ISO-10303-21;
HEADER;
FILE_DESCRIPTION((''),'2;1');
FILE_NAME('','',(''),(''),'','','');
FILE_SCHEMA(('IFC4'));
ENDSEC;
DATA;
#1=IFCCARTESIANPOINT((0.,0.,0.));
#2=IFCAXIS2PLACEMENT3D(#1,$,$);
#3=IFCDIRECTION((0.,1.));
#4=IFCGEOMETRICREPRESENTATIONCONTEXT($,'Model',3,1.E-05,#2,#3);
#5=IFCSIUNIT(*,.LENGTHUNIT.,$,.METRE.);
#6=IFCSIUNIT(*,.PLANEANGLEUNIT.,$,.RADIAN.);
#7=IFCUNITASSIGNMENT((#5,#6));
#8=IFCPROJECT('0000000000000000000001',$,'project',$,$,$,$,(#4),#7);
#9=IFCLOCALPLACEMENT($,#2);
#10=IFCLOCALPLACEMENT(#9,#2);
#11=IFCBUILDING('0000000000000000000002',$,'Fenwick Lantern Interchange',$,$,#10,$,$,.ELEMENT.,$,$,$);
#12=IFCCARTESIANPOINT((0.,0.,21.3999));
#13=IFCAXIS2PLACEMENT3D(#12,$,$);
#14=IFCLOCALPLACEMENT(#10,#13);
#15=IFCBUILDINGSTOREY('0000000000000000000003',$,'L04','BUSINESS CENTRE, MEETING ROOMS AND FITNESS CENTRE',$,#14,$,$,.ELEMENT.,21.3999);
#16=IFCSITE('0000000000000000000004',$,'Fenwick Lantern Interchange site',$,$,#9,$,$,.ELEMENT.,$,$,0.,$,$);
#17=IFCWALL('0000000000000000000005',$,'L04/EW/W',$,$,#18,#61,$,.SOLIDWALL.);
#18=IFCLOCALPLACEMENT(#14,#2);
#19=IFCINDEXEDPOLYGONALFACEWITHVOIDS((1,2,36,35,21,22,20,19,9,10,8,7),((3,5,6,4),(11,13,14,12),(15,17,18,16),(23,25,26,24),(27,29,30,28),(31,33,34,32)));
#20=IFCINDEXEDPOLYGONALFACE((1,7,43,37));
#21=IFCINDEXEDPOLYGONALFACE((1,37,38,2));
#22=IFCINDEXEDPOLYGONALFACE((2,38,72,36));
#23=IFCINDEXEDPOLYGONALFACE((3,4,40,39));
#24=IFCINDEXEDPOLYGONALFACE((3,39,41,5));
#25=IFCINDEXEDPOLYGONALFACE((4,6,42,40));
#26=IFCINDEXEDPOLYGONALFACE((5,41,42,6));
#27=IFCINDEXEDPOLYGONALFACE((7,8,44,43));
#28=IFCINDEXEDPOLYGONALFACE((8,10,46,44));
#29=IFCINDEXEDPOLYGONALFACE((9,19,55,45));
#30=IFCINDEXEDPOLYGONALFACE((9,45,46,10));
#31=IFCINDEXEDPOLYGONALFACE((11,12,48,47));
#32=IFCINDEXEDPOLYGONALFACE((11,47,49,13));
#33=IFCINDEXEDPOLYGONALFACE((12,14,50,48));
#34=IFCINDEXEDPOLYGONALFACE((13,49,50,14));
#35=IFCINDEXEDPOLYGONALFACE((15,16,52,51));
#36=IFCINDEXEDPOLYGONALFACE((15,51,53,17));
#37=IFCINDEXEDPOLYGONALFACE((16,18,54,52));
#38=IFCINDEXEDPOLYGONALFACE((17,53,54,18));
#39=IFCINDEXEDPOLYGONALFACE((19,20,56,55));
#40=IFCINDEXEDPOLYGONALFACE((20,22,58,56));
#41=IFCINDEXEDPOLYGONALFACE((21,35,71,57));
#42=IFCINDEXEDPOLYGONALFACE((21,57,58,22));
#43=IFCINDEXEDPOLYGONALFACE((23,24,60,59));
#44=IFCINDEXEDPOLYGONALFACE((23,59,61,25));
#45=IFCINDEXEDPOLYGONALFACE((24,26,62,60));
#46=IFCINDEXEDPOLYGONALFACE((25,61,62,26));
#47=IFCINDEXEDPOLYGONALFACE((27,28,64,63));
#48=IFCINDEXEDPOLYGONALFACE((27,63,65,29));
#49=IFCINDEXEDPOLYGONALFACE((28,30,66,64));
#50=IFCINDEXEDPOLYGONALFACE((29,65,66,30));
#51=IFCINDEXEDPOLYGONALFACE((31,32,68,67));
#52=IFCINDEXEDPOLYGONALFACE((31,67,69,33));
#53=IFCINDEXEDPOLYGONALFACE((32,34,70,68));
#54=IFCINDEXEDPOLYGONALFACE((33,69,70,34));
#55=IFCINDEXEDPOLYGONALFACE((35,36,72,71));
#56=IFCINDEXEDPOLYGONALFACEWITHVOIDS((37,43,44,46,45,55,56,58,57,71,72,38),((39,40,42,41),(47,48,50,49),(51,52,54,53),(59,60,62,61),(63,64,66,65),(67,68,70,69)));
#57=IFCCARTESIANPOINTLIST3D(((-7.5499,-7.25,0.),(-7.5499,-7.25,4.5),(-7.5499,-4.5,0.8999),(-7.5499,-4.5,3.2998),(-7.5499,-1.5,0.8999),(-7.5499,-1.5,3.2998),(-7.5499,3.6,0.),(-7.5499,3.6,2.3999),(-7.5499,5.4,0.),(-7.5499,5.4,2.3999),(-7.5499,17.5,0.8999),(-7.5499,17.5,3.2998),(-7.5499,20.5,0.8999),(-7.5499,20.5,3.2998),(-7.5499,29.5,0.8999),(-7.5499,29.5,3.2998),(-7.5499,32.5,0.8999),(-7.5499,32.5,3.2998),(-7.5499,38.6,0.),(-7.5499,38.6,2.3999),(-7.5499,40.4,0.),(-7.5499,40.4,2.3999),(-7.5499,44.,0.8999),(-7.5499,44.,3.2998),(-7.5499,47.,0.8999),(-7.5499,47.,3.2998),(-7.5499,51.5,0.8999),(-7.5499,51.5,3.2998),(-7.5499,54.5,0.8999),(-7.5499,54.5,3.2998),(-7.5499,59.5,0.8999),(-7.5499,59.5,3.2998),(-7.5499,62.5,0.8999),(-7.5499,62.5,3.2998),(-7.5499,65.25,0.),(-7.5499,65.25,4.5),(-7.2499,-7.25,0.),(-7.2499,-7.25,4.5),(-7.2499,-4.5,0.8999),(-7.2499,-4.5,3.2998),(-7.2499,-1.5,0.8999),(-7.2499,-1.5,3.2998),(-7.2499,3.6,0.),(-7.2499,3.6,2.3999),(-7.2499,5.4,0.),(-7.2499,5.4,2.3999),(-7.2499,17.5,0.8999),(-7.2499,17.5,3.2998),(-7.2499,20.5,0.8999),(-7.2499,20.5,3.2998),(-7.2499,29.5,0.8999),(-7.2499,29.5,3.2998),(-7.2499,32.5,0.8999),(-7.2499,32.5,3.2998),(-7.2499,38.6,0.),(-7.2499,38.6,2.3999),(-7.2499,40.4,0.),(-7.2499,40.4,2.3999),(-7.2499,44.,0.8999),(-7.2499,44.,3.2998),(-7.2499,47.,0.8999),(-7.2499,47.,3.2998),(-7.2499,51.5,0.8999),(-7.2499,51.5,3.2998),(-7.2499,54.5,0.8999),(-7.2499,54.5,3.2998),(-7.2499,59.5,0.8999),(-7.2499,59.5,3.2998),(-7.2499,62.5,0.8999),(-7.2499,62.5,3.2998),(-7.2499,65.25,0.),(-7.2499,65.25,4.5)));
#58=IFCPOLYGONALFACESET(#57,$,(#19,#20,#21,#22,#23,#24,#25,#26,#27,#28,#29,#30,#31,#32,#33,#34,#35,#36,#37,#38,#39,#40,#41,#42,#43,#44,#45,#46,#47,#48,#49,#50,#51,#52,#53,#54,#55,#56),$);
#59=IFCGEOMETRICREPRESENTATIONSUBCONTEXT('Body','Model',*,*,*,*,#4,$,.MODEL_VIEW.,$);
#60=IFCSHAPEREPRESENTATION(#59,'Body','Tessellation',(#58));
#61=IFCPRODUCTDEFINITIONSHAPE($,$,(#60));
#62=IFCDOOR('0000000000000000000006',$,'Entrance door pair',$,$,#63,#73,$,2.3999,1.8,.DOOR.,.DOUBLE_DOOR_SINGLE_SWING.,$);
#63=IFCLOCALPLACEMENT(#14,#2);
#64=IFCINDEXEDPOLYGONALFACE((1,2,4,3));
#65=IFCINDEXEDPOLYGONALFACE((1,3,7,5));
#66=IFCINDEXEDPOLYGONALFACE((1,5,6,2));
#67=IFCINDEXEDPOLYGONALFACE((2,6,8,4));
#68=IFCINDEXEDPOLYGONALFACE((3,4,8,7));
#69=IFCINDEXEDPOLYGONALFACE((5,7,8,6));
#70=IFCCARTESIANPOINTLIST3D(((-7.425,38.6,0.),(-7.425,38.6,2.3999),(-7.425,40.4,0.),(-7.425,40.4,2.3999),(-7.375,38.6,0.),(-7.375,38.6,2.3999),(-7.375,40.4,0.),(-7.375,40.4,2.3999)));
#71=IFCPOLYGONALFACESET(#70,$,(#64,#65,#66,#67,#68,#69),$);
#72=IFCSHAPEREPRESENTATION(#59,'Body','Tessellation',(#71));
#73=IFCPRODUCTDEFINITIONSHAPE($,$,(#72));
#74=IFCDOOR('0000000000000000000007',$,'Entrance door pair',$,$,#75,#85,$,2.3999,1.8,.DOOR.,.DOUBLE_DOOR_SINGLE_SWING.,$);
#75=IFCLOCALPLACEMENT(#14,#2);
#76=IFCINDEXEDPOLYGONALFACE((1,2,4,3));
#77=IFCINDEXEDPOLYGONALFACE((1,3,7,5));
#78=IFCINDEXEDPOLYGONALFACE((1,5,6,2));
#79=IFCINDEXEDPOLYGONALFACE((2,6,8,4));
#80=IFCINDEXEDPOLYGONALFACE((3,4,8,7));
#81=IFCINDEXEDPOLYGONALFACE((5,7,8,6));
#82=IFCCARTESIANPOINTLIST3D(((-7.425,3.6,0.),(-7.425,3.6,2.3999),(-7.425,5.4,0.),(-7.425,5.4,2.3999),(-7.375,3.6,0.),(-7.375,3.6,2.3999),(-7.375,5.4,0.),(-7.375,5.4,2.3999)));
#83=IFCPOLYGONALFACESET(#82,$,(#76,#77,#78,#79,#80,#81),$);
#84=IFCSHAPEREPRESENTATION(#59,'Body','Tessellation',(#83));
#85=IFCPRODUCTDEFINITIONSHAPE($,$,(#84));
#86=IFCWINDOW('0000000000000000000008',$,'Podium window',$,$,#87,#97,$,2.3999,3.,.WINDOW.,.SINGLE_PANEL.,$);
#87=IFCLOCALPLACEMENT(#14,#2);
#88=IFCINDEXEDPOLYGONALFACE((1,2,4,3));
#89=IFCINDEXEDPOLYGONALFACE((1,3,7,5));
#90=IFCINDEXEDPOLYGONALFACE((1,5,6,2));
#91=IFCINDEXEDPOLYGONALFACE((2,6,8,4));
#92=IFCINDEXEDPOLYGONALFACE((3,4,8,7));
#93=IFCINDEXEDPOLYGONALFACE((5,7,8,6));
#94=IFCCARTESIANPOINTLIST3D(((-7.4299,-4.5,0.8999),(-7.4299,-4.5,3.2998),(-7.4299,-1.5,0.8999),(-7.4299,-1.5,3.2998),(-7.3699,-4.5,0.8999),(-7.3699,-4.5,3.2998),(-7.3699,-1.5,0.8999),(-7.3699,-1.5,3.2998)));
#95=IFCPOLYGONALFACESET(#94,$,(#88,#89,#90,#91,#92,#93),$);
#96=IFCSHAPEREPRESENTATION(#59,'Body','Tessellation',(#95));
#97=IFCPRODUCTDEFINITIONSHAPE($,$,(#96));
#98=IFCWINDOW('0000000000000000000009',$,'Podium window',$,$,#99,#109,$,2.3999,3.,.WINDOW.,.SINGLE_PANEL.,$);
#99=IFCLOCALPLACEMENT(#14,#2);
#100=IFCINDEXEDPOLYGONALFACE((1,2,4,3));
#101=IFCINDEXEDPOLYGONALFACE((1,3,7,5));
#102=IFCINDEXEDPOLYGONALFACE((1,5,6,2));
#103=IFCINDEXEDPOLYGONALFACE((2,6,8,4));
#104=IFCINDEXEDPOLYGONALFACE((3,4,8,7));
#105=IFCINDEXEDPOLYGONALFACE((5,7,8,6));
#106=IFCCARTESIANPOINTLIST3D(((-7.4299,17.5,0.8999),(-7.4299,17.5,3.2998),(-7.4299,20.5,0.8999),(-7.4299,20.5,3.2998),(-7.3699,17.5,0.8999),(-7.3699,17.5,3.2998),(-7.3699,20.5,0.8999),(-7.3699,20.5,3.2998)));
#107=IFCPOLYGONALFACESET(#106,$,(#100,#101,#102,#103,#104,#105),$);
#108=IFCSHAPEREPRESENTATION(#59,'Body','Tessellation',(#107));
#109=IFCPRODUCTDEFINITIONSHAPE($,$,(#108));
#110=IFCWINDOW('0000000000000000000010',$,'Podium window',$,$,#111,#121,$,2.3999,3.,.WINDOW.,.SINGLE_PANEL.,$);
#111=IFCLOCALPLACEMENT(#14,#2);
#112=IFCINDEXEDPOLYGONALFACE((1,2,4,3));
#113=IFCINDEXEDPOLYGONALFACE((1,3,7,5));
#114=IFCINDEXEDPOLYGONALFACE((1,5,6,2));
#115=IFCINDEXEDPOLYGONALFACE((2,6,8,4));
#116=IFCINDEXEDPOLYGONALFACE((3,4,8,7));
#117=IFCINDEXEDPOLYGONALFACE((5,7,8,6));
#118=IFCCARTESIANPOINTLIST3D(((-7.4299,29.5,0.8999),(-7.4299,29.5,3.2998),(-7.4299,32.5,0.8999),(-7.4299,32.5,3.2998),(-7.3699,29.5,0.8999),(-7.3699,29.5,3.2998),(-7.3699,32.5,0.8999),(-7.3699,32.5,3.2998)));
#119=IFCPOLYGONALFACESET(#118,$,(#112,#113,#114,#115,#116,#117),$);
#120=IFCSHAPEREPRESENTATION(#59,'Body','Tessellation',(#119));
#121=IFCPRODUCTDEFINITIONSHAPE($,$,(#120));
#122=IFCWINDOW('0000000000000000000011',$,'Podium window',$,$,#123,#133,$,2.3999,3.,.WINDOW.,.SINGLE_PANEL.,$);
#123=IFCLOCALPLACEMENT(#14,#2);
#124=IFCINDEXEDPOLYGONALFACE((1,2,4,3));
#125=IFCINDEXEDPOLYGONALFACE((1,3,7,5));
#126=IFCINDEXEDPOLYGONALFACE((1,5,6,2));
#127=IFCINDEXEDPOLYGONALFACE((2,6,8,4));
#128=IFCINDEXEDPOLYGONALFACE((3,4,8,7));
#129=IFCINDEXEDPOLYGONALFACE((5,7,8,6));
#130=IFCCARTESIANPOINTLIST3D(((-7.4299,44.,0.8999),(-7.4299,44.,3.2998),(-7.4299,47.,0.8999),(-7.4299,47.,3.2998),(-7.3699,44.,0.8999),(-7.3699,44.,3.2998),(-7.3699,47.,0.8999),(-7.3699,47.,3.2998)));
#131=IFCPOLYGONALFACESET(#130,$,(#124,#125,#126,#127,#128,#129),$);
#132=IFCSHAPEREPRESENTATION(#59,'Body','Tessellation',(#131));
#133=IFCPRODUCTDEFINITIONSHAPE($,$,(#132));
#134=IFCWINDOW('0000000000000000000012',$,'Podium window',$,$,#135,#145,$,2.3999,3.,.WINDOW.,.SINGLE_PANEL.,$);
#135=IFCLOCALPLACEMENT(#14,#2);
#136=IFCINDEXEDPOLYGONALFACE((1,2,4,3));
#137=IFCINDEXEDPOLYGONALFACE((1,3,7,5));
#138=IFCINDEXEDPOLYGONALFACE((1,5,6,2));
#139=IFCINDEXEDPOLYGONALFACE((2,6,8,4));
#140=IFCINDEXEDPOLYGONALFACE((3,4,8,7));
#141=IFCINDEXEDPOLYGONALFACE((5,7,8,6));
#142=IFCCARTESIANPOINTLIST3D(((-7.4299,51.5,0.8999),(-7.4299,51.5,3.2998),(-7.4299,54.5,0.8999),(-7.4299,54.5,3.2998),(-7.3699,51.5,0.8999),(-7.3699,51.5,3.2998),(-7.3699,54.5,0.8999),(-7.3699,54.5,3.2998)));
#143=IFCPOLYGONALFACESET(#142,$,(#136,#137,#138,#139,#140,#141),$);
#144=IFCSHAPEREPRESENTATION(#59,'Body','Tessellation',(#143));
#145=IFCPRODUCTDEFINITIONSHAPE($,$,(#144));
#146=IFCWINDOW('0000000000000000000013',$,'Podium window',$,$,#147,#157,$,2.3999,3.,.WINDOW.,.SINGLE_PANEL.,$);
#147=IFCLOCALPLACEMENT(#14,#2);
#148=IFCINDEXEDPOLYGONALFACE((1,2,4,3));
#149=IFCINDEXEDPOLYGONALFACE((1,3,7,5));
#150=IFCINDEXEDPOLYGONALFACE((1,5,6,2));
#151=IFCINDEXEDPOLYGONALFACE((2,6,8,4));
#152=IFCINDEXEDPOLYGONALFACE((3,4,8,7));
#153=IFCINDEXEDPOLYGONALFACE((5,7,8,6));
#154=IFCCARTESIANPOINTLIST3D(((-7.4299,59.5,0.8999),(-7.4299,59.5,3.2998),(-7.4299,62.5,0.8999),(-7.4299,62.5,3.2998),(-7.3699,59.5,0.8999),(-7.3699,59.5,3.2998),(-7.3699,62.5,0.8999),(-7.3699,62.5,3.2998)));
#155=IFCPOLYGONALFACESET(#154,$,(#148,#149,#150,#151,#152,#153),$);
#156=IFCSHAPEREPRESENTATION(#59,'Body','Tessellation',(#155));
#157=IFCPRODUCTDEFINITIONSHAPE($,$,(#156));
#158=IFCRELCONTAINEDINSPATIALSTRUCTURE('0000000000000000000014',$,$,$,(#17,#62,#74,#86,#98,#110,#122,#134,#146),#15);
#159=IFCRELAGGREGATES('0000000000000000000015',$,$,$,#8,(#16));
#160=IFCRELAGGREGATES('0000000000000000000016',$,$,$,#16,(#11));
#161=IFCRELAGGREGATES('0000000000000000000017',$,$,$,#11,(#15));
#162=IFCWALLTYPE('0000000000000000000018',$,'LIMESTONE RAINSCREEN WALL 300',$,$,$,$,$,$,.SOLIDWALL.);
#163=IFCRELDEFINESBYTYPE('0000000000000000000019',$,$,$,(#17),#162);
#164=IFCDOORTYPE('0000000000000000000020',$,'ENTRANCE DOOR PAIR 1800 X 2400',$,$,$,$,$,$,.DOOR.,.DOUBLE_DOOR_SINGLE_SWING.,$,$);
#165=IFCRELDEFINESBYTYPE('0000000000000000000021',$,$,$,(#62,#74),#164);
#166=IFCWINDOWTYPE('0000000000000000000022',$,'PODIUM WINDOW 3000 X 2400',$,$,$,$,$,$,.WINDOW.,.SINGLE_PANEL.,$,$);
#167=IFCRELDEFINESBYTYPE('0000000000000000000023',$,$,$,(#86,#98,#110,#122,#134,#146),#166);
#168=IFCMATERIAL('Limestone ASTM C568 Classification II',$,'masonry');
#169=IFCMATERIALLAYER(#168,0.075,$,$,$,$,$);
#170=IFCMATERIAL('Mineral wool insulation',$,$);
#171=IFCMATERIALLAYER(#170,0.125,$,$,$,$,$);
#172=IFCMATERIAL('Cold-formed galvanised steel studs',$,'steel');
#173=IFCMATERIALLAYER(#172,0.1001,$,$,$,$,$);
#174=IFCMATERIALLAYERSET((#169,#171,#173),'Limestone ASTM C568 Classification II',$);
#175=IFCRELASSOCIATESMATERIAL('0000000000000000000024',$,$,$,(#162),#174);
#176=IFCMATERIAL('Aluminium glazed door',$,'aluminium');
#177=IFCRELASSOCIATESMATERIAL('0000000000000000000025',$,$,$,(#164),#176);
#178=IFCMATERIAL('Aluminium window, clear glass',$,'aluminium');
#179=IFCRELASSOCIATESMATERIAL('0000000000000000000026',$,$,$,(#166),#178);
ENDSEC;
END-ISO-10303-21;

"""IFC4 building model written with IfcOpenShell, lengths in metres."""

from ifc_helpers import new_model, si_unit, direction, frame, frame_2d, origin, place, context, subcontext, project, spatial, rectangle, extrude, material, layer, layer_set, type_object, element, fill, save


model = new_model("IFC4")

# Units and contexts
model_context = context("Model", 3, precision=1e-05, world=origin(), true_north=direction((0.0, 1.0)))
body_context = subcontext(model_context, "Body", "Model", "MODEL_VIEW")
ifc_project = project(units=[si_unit("LENGTHUNIT", "METRE"), si_unit("PLANEANGLEUNIT", "RADIAN")], contexts=[model_context])

# Site, building, storey
site_placement = place(None, origin())
site = spatial("IfcSite", under=ifc_project, at=site_placement, Name="Fenwick Lantern Interchange site", CompositionType="ELEMENT", RefElevation=0.0)
building_placement = place(site_placement, origin())
building = spatial("IfcBuilding", under=site, at=building_placement, Name="Fenwick Lantern Interchange", CompositionType="ELEMENT")
storey_placement = place(building_placement, frame((0.0, 0.0, 21.3999)))
storey = spatial("IfcBuildingStorey", under=building, at=storey_placement, Name="L04", Description="BUSINESS CENTRE, MEETING ROOMS AND FITNESS CENTRE", CompositionType="ELEMENT", Elevation=21.3999)

# Wall, openings, doors, windows
ifc_material_1 = material(Name="Limestone ASTM C568 Classification II", Category="masonry")
ifc_layer_1 = layer(ifc_material_1, 0.075)
ifc_material_2 = material(Name="Mineral wool insulation")
ifc_layer_2 = layer(ifc_material_2, 0.125)
ifc_material_3 = material(Name="Cold-formed galvanised steel studs", Category="steel")
ifc_layer_3 = layer(ifc_material_3, 0.1001)
ifc_layer_set_1 = layer_set([ifc_layer_1, ifc_layer_2, ifc_layer_3], Name="Limestone ASTM C568 Classification II")
wall_type_1 = type_object("IfcWallType", Name="LIMESTONE RAINSCREEN WALL 300", PredefinedType="SOLIDWALL", material=ifc_layer_set_1)
wall_1_placement = place(storey_placement, frame((-7.3999, 65.25, 0.0), z_axis=(0.0, 0.0, 1.0), x_axis=(0.0, -1.0, 0.0)))
wall_1 = element("IfcWall", 1, at=wall_1_placement, inside=storey, type_object=wall_type_1, Name="L04/EW/W", PredefinedType="SOLIDWALL", context=body_context, shape_type="SweptSolid", body=[
    extrude(rectangle(XDim=72.5, YDim=0.3, at=frame_2d((36.25, 0.0))), origin(), (0.0, 0.0, 1.0), 4.5),
])
opening_1_placement = place(wall_1_placement, frame((24.8501, 0.0, 0.0)))
opening_1 = element("IfcOpeningElement", 2, at=opening_1_placement, cuts=wall_1, PredefinedType="OPENING", context=body_context, shape_type="SweptSolid", body=[
    extrude(rectangle(XDim=1.8, YDim=2.3999, at=frame_2d((0.8999, 1.2))), frame((0.0, 0.1599, 0.0), z_axis=(0.0, -1.0, 0.0), x_axis=(1.0, 0.0, 0.0)), (0.0, 0.0, 1.0), 0.3201),
])
opening_2_placement = place(wall_1_placement, frame((59.8501, 0.0, 0.0)))
opening_2 = element("IfcOpeningElement", 3, at=opening_2_placement, cuts=wall_1, PredefinedType="OPENING", context=body_context, shape_type="SweptSolid", body=[
    extrude(rectangle(XDim=1.8, YDim=2.3999, at=frame_2d((0.8999, 1.2))), frame((0.0, 0.1599, 0.0), z_axis=(0.0, -1.0, 0.0), x_axis=(1.0, 0.0, 0.0)), (0.0, 0.0, 1.0), 0.3201),
])
opening_3_placement = place(wall_1_placement, frame((66.75, 0.0, 0.8999)))
opening_3 = element("IfcOpeningElement", 4, at=opening_3_placement, cuts=wall_1, PredefinedType="OPENING", context=body_context, shape_type="SweptSolid", body=[
    extrude(rectangle(XDim=3.0, YDim=2.3999, at=frame_2d((1.5, 1.2))), frame((0.0, 0.1599, 0.0), z_axis=(0.0, -1.0, 0.0), x_axis=(1.0, 0.0, 0.0)), (0.0, 0.0, 1.0), 0.3201),
])
opening_4_placement = place(wall_1_placement, frame((44.75, 0.0, 0.8999)))
opening_4 = element("IfcOpeningElement", 5, at=opening_4_placement, cuts=wall_1, PredefinedType="OPENING", context=body_context, shape_type="SweptSolid", body=[
    extrude(rectangle(XDim=3.0, YDim=2.3999, at=frame_2d((1.5, 1.2))), frame((0.0, 0.1599, 0.0), z_axis=(0.0, -1.0, 0.0), x_axis=(1.0, 0.0, 0.0)), (0.0, 0.0, 1.0), 0.3201),
])
opening_5_placement = place(wall_1_placement, frame((32.75, 0.0, 0.8999)))
opening_5 = element("IfcOpeningElement", 6, at=opening_5_placement, cuts=wall_1, PredefinedType="OPENING", context=body_context, shape_type="SweptSolid", body=[
    extrude(rectangle(XDim=3.0, YDim=2.3999, at=frame_2d((1.5, 1.2))), frame((0.0, 0.1599, 0.0), z_axis=(0.0, -1.0, 0.0), x_axis=(1.0, 0.0, 0.0)), (0.0, 0.0, 1.0), 0.3201),
])
opening_6_placement = place(wall_1_placement, frame((18.25, 0.0, 0.8999)))
opening_6 = element("IfcOpeningElement", 7, at=opening_6_placement, cuts=wall_1, PredefinedType="OPENING", context=body_context, shape_type="SweptSolid", body=[
    extrude(rectangle(XDim=3.0, YDim=2.3999, at=frame_2d((1.5, 1.2))), frame((0.0, 0.1599, 0.0), z_axis=(0.0, -1.0, 0.0), x_axis=(1.0, 0.0, 0.0)), (0.0, 0.0, 1.0), 0.3201),
])
opening_7_placement = place(wall_1_placement, frame((10.75, 0.0, 0.8999)))
opening_7 = element("IfcOpeningElement", 8, at=opening_7_placement, cuts=wall_1, PredefinedType="OPENING", context=body_context, shape_type="SweptSolid", body=[
    extrude(rectangle(XDim=3.0, YDim=2.3999, at=frame_2d((1.5, 1.2))), frame((0.0, 0.1599, 0.0), z_axis=(0.0, -1.0, 0.0), x_axis=(1.0, 0.0, 0.0)), (0.0, 0.0, 1.0), 0.3201),
])
opening_8_placement = place(wall_1_placement, frame((2.75, 0.0, 0.8999)))
opening_8 = element("IfcOpeningElement", 9, at=opening_8_placement, cuts=wall_1, PredefinedType="OPENING", context=body_context, shape_type="SweptSolid", body=[
    extrude(rectangle(XDim=3.0, YDim=2.3999, at=frame_2d((1.5, 1.2))), frame((0.0, 0.1599, 0.0), z_axis=(0.0, -1.0, 0.0), x_axis=(1.0, 0.0, 0.0)), (0.0, 0.0, 1.0), 0.3201),
])
ifc_material_4 = material(Name="Aluminium glazed door", Category="aluminium")
door_type = type_object("IfcDoorType", Name="ENTRANCE DOOR PAIR 1800 X 2400", OperationType="DOUBLE_DOOR_SINGLE_SWING", PredefinedType="DOOR", material=ifc_material_4)
door_1_placement = place(opening_1_placement, origin())
door_1 = element("IfcDoor", 10, at=door_1_placement, inside=storey, type_object=door_type, Name="Entrance door pair", OperationType="DOUBLE_DOOR_SINGLE_SWING", OverallHeight=2.3999, OverallWidth=1.8, PredefinedType="DOOR", context=body_context, shape_type="SweptSolid", body=[
    extrude(rectangle(XDim=1.8, YDim=2.3999, at=frame_2d((0.8999, 1.2))), frame((0.0, 0.0249, 0.0), z_axis=(0.0, -1.0, 0.0), x_axis=(1.0, 0.0, 0.0)), (0.0, 0.0, 1.0), 0.05),
])
fill(opening_1, door_1)
door_2_placement = place(opening_2_placement, origin())
door_2 = element("IfcDoor", 11, at=door_2_placement, inside=storey, type_object=door_type, Name="Entrance door pair", OperationType="DOUBLE_DOOR_SINGLE_SWING", OverallHeight=2.3999, OverallWidth=1.8, PredefinedType="DOOR", context=body_context, shape_type="SweptSolid", body=[
    extrude(rectangle(XDim=1.8, YDim=2.3999, at=frame_2d((0.8999, 1.2))), frame((0.0, 0.0249, 0.0), z_axis=(0.0, -1.0, 0.0), x_axis=(1.0, 0.0, 0.0)), (0.0, 0.0, 1.0), 0.05),
])
fill(opening_2, door_2)
ifc_material_5 = material(Name="Aluminium window, clear glass", Category="aluminium")
window_type = type_object("IfcWindowType", Name="PODIUM WINDOW 3000 X 2400", PartitioningType="SINGLE_PANEL", PredefinedType="WINDOW", material=ifc_material_5)
window_1_placement = place(opening_3_placement, origin())
window_1 = element("IfcWindow", 12, at=window_1_placement, inside=storey, type_object=window_type, Name="Podium window", OverallHeight=2.3999, OverallWidth=3.0, PartitioningType="SINGLE_PANEL", PredefinedType="WINDOW", context=body_context, shape_type="SweptSolid", body=[
    extrude(rectangle(XDim=3.0, YDim=2.3999, at=frame_2d((1.5, 1.2))), frame((0.0, 0.03, 0.0), z_axis=(0.0, -1.0, 0.0), x_axis=(1.0, 0.0, 0.0)), (0.0, 0.0, 1.0), 0.0601),
])
fill(opening_3, window_1)
window_2_placement = place(opening_4_placement, origin())
window_2 = element("IfcWindow", 13, at=window_2_placement, inside=storey, type_object=window_type, Name="Podium window", OverallHeight=2.3999, OverallWidth=3.0, PartitioningType="SINGLE_PANEL", PredefinedType="WINDOW", context=body_context, shape_type="SweptSolid", body=[
    extrude(rectangle(XDim=3.0, YDim=2.3999, at=frame_2d((1.5, 1.2))), frame((0.0, 0.03, 0.0), z_axis=(0.0, -1.0, 0.0), x_axis=(1.0, 0.0, 0.0)), (0.0, 0.0, 1.0), 0.0601),
])
fill(opening_4, window_2)
window_3_placement = place(opening_5_placement, origin())
window_3 = element("IfcWindow", 14, at=window_3_placement, inside=storey, type_object=window_type, Name="Podium window", OverallHeight=2.3999, OverallWidth=3.0, PartitioningType="SINGLE_PANEL", PredefinedType="WINDOW", context=body_context, shape_type="SweptSolid", body=[
    extrude(rectangle(XDim=3.0, YDim=2.3999, at=frame_2d((1.5, 1.2))), frame((0.0, 0.03, 0.0), z_axis=(0.0, -1.0, 0.0), x_axis=(1.0, 0.0, 0.0)), (0.0, 0.0, 1.0), 0.0601),
])
fill(opening_5, window_3)
window_4_placement = place(opening_6_placement, origin())
window_4 = element("IfcWindow", 15, at=window_4_placement, inside=storey, type_object=window_type, Name="Podium window", OverallHeight=2.3999, OverallWidth=3.0, PartitioningType="SINGLE_PANEL", PredefinedType="WINDOW", context=body_context, shape_type="SweptSolid", body=[
    extrude(rectangle(XDim=3.0, YDim=2.3999, at=frame_2d((1.5, 1.2))), frame((0.0, 0.03, 0.0), z_axis=(0.0, -1.0, 0.0), x_axis=(1.0, 0.0, 0.0)), (0.0, 0.0, 1.0), 0.0601),
])
fill(opening_6, window_4)
window_5_placement = place(opening_7_placement, origin())
window_5 = element("IfcWindow", 16, at=window_5_placement, inside=storey, type_object=window_type, Name="Podium window", OverallHeight=2.3999, OverallWidth=3.0, PartitioningType="SINGLE_PANEL", PredefinedType="WINDOW", context=body_context, shape_type="SweptSolid", body=[
    extrude(rectangle(XDim=3.0, YDim=2.3999, at=frame_2d((1.5, 1.2))), frame((0.0, 0.03, 0.0), z_axis=(0.0, -1.0, 0.0), x_axis=(1.0, 0.0, 0.0)), (0.0, 0.0, 1.0), 0.0601),
])
fill(opening_7, window_5)
window_6_placement = place(opening_8_placement, origin())
window_6 = element("IfcWindow", 17, at=window_6_placement, inside=storey, type_object=window_type, Name="Podium window", OverallHeight=2.3999, OverallWidth=3.0, PartitioningType="SINGLE_PANEL", PredefinedType="WINDOW", context=body_context, shape_type="SweptSolid", body=[
    extrude(rectangle(XDim=3.0, YDim=2.3999, at=frame_2d((1.5, 1.2))), frame((0.0, 0.03, 0.0), z_axis=(0.0, -1.0, 0.0), x_axis=(1.0, 0.0, 0.0)), (0.0, 0.0, 1.0), 0.0601),
])
fill(opening_8, window_6)

save(model, "model.ifc")
